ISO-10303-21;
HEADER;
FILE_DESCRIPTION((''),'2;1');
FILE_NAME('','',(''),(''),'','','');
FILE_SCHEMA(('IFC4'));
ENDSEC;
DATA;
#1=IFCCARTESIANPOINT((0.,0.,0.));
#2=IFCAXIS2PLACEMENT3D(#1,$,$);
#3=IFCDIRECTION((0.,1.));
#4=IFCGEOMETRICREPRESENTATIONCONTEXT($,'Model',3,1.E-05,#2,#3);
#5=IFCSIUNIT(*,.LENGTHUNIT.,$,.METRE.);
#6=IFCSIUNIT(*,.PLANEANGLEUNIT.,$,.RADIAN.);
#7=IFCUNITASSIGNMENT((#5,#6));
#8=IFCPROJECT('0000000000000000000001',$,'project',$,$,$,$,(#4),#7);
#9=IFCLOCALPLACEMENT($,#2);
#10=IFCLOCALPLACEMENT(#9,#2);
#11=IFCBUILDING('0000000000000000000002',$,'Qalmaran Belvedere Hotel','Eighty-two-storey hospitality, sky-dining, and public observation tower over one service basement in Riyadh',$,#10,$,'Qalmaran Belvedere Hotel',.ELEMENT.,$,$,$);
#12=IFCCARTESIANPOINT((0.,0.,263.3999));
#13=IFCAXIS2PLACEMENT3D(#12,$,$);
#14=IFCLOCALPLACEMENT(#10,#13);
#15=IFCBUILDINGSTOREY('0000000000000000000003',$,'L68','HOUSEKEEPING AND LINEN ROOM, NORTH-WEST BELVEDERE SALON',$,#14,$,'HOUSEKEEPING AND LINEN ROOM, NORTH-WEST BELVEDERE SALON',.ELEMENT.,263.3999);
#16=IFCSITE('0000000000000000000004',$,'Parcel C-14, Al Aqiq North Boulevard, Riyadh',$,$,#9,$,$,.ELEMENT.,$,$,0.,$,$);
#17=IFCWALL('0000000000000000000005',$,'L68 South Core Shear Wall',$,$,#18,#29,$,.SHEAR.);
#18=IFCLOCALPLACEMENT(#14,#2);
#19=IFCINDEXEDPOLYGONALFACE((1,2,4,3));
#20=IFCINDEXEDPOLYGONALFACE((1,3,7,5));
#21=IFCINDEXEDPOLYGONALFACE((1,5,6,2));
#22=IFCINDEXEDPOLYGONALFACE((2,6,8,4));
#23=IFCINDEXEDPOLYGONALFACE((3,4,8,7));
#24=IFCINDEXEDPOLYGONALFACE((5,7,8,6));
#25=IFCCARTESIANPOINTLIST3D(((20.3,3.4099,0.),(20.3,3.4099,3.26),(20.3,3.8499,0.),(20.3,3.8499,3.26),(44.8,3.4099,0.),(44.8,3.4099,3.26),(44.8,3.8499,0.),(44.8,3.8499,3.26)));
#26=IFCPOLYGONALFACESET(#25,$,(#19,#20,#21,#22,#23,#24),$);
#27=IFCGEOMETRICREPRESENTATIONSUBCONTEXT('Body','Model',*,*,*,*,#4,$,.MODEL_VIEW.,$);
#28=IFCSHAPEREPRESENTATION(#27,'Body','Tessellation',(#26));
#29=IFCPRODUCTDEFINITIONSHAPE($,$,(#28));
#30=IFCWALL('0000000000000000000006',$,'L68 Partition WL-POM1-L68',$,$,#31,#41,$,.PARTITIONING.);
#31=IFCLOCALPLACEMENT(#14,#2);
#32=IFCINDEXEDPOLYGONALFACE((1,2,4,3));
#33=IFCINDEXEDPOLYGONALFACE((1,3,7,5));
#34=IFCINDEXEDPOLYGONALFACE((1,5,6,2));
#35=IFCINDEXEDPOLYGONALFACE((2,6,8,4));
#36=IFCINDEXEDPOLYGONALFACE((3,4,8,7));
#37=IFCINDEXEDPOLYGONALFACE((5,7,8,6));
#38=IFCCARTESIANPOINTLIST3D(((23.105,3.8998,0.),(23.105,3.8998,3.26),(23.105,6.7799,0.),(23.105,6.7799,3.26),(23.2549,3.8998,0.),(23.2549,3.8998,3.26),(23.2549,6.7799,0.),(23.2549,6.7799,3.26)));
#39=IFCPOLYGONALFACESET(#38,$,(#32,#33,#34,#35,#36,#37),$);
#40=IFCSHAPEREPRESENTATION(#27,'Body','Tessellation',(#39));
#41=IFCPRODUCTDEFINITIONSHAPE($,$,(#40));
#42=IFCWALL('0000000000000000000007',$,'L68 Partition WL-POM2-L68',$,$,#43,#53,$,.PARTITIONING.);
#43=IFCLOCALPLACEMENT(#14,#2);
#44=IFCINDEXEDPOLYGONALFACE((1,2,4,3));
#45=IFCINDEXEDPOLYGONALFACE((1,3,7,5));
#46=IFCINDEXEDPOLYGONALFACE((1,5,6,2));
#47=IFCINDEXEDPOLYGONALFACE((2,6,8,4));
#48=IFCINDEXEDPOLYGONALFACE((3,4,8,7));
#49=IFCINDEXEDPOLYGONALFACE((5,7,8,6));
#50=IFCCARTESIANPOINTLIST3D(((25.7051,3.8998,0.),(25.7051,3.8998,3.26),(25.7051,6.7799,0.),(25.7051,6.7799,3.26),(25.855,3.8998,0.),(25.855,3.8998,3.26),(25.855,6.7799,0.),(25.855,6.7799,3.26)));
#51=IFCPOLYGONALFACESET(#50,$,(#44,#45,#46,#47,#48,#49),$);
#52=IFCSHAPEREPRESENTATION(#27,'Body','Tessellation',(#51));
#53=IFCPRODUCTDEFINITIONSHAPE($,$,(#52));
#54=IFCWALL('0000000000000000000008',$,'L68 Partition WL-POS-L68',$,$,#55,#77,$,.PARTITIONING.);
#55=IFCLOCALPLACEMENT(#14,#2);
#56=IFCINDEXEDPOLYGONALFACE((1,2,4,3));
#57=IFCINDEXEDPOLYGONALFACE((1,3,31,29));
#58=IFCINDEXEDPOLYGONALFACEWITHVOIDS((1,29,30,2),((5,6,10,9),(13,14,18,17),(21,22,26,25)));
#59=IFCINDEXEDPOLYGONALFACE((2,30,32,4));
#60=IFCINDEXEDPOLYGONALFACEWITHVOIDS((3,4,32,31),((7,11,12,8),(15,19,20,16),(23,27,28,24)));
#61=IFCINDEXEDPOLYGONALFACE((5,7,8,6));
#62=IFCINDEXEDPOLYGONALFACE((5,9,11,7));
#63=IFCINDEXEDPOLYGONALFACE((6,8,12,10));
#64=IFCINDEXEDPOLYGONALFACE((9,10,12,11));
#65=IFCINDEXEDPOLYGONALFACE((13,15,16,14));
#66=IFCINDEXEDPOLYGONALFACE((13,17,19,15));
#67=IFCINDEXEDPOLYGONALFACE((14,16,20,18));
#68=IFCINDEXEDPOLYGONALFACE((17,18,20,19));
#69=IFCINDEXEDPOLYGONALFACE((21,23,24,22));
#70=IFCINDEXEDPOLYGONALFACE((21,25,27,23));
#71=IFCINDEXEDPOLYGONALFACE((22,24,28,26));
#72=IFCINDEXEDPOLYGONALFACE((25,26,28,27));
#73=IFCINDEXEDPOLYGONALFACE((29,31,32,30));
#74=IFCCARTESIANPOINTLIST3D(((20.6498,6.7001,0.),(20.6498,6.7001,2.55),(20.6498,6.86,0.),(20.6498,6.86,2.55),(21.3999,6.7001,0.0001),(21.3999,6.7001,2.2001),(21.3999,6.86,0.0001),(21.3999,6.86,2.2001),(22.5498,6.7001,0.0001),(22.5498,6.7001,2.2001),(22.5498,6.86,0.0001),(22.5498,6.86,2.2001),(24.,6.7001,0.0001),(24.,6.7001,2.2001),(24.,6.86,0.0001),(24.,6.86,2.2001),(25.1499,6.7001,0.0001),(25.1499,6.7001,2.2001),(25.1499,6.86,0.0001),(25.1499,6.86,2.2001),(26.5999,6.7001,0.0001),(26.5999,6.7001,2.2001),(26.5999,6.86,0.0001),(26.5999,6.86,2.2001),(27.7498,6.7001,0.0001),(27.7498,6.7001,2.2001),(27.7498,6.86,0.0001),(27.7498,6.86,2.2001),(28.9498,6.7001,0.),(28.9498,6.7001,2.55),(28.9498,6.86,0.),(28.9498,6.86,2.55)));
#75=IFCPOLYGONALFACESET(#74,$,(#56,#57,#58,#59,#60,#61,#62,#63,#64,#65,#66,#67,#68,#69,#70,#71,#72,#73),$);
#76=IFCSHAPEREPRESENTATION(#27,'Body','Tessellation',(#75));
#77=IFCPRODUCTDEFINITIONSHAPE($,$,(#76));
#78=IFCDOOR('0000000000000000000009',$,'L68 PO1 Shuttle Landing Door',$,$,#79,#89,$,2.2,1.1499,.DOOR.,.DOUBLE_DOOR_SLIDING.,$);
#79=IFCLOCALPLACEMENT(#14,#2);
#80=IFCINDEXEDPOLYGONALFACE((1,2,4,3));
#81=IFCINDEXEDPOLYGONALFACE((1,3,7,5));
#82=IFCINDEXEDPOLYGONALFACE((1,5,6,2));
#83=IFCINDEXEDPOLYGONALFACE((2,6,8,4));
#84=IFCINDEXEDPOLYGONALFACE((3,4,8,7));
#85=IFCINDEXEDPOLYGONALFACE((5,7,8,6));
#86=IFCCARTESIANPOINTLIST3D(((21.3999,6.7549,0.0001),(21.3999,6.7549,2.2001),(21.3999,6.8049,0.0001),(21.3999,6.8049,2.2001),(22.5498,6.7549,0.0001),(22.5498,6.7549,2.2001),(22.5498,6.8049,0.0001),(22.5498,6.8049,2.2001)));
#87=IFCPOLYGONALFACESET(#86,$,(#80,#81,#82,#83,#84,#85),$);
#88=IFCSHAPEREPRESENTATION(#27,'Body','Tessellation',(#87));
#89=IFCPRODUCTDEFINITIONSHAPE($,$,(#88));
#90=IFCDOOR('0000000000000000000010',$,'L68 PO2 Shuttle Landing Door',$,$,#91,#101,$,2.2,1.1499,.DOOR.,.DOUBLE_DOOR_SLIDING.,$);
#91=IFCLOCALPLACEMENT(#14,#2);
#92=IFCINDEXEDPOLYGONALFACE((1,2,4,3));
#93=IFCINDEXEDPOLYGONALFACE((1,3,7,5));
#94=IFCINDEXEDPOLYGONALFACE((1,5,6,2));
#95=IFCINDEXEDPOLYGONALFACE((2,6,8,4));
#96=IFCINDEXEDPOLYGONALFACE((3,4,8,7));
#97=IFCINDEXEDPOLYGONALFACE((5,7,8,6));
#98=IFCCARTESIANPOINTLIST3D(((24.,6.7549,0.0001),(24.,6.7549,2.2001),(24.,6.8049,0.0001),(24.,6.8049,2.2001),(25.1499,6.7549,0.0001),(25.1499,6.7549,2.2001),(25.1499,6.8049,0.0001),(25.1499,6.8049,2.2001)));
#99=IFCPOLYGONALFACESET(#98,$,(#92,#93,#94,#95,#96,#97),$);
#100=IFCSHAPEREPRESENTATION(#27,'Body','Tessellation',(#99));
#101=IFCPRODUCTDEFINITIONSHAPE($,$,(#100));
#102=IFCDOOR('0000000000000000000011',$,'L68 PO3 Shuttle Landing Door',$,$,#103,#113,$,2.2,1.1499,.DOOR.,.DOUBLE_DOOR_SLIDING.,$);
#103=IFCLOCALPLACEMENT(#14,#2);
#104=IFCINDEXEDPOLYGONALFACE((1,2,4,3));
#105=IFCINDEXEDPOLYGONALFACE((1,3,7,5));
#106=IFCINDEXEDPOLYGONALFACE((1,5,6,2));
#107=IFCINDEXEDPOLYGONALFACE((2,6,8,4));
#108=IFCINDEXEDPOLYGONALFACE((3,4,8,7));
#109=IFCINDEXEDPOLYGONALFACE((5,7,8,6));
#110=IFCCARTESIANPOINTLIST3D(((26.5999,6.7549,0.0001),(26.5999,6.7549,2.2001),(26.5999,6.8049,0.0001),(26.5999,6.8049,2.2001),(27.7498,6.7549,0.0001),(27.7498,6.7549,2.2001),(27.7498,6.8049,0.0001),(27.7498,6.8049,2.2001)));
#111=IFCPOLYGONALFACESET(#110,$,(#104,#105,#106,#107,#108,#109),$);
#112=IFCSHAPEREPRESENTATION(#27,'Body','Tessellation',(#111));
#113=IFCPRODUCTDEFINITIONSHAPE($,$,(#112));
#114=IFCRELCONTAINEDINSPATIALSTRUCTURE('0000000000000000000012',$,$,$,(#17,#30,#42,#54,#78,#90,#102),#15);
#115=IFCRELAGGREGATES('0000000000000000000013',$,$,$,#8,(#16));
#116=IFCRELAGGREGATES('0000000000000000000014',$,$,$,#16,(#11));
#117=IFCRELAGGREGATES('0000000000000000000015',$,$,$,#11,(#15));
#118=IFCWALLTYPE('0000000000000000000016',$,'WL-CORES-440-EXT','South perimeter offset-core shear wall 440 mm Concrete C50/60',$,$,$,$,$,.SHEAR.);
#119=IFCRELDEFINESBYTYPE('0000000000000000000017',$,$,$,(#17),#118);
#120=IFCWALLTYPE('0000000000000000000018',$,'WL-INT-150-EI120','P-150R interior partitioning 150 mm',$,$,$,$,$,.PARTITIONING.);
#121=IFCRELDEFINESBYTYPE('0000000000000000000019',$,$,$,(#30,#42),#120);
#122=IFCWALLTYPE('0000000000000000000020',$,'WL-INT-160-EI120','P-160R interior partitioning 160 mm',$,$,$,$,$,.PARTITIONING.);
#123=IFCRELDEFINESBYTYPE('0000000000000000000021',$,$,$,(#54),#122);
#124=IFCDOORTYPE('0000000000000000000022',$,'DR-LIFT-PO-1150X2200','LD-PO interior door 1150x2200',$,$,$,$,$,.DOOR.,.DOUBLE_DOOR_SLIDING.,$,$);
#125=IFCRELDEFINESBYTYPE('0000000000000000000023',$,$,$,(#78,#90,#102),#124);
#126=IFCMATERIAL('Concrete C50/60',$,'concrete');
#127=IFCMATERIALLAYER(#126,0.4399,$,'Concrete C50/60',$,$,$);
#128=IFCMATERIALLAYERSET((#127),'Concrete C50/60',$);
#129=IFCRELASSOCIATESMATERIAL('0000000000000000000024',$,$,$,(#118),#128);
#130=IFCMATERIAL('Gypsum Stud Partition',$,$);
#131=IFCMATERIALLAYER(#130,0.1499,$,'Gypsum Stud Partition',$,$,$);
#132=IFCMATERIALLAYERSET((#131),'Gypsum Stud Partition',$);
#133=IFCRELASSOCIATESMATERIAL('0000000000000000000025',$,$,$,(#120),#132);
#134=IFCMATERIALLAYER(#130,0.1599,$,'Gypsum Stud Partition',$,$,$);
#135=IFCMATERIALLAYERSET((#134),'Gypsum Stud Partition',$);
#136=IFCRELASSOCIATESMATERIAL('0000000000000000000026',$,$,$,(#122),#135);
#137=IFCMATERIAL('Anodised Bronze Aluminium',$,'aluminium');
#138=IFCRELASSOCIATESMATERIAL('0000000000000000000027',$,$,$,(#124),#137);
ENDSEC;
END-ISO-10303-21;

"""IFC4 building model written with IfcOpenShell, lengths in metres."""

from ifc_helpers import new_model, si_unit, direction, frame, frame_2d, origin, place, context, subcontext, project, spatial, rectangle, extrude, material, layer, layer_set, type_object, element, fill, save


model = new_model("IFC4")

# Units and contexts
model_context = context("Model", 3, precision=1e-05, world=origin(), true_north=direction((0.0, 1.0)))
body_context = subcontext(model_context, "Body", "Model", "MODEL_VIEW")
ifc_project = project(units=[si_unit("LENGTHUNIT", "METRE"), si_unit("PLANEANGLEUNIT", "RADIAN")], contexts=[model_context])

# Site, building, storey
site_placement = place(None, origin())
site = spatial("IfcSite", under=ifc_project, at=site_placement, Name="Parcel C-14, Al Aqiq North Boulevard, Riyadh", CompositionType="ELEMENT", RefElevation=0.0)
building_placement = place(site_placement, origin())
building = spatial("IfcBuilding", under=site, at=building_placement, Name="Qalmaran Belvedere Hotel", Description="Eighty-two-storey hospitality, sky-dining, and public observation tower over one service basement in Riyadh", LongName="Qalmaran Belvedere Hotel", CompositionType="ELEMENT")
storey_placement = place(building_placement, frame((0.0, 0.0, 263.3999)))
storey = spatial("IfcBuildingStorey", under=building, at=storey_placement, Name="L68", Description="HOUSEKEEPING AND LINEN ROOM, NORTH-WEST BELVEDERE SALON", LongName="HOUSEKEEPING AND LINEN ROOM, NORTH-WEST BELVEDERE SALON", CompositionType="ELEMENT", Elevation=263.3999)

# Shared definitions
ifc_material_1 = material(Name="Concrete C50/60", Category="concrete")

# Shared definitions
ifc_material_2 = material(Name="Anodised Bronze Aluminium", Category="aluminium")

# Walls
ifc_layer_1 = layer(ifc_material_1, 0.4399, Name="Concrete C50/60")
ifc_layer_set_1 = layer_set([ifc_layer_1], Name="Concrete C50/60")
wall_type_1 = type_object("IfcWallType", Name="WL-CORES-440-EXT", Description="South perimeter offset-core shear wall 440 mm Concrete C50/60", PredefinedType="SHEAR", material=ifc_layer_set_1)
wall_1_placement = place(storey_placement, frame((20.3, 3.6299, 0.0), z_axis=(0.0, 0.0, 1.0), x_axis=(1.0, 0.0, 0.0)))
element("IfcWall", 1, at=wall_1_placement, inside=storey, type_object=wall_type_1, Name="L68 South Core Shear Wall", PredefinedType="SHEAR", context=body_context, shape_type="SweptSolid", body=[
    extrude(rectangle(XDim=24.5, YDim=0.4399, at=frame_2d((12.25, 0.0))), origin(), (0.0, 0.0, 1.0), 3.26),
])
ifc_material_3 = material(Name="Gypsum Stud Partition")
ifc_layer_2 = layer(ifc_material_3, 0.1499, Name="Gypsum Stud Partition")
ifc_layer_set_2 = layer_set([ifc_layer_2], Name="Gypsum Stud Partition")
wall_type_2 = type_object("IfcWallType", Name="WL-INT-150-EI120", Description="P-150R interior partitioning 150 mm", PredefinedType="PARTITIONING", material=ifc_layer_set_2)
for number, where, z_axis, x_axis, name in (
    (2, (23.1799, 3.8999, 0.0), (0.0, 0.0, 1.0), (0.0, 1.0, 0.0), "L68 Partition WL-POM1-L68"),
    (3, (25.78, 3.8999, 0.0), (0.0, 0.0, 1.0), (0.0, 1.0, 0.0), "L68 Partition WL-POM2-L68"),
):
    element("IfcWall", number, at=place(storey_placement, frame(where, z_axis=z_axis, x_axis=x_axis)), inside=storey, type_object=wall_type_2, Name=name, PredefinedType="PARTITIONING", context=body_context, shape_type="SweptSolid", body=[
        extrude(rectangle(XDim=2.8801, YDim=0.1499, at=frame_2d((1.4399, 0.0))), origin(), (0.0, 0.0, 1.0), 3.26),
    ])

# Wall, openings, doors
ifc_layer_3 = layer(ifc_material_3, 0.1599, Name="Gypsum Stud Partition")
ifc_layer_set_3 = layer_set([ifc_layer_3], Name="Gypsum Stud Partition")
wall_type_3 = type_object("IfcWallType", Name="WL-INT-160-EI120", Description="P-160R interior partitioning 160 mm", PredefinedType="PARTITIONING", material=ifc_layer_set_3)
wall_2_placement = place(storey_placement, frame((20.6499, 6.78, 0.0), z_axis=(0.0, 0.0, 1.0), x_axis=(1.0, 0.0, 0.0)))
wall_2 = element("IfcWall", 4, at=wall_2_placement, inside=storey, type_object=wall_type_3, Name="L68 Partition WL-POS-L68", PredefinedType="PARTITIONING", context=body_context, shape_type="SweptSolid", body=[
    extrude(rectangle(XDim=8.3, YDim=0.1599, at=frame_2d((4.1499, 0.0))), origin(), (0.0, 0.0, 1.0), 2.55),
])
opening_1_placement = place(wall_2_placement, frame((0.75, 0.0, 0.0)))
opening_1 = element("IfcOpeningElement", 5, at=opening_1_placement, cuts=wall_2, PredefinedType="OPENING", context=body_context, shape_type="SweptSolid", body=[
    extrude(rectangle(XDim=1.1499, YDim=2.2, at=frame_2d((0.575, 1.1001))), frame((0.0, 0.0898, 0.0), z_axis=(0.0, -1.0, 0.0), x_axis=(1.0, 0.0, 0.0)), (0.0, 0.0, 1.0), 0.1799),
])
opening_2_placement = place(wall_2_placement, frame((3.3501, 0.0, 0.0)))
opening_2 = element("IfcOpeningElement", 6, at=opening_2_placement, cuts=wall_2, PredefinedType="OPENING", context=body_context, shape_type="SweptSolid", body=[
    extrude(rectangle(XDim=1.1499, YDim=2.2, at=frame_2d((0.575, 1.1001))), frame((0.0, 0.0898, 0.0), z_axis=(0.0, -1.0, 0.0), x_axis=(1.0, 0.0, 0.0)), (0.0, 0.0, 1.0), 0.1799),
])
opening_3_placement = place(wall_2_placement, frame((5.95, 0.0, 0.0)))
opening_3 = element("IfcOpeningElement", 7, at=opening_3_placement, cuts=wall_2, PredefinedType="OPENING", context=body_context, shape_type="SweptSolid", body=[
    extrude(rectangle(XDim=1.1499, YDim=2.2, at=frame_2d((0.575, 1.1001))), frame((0.0, 0.0898, 0.0), z_axis=(0.0, -1.0, 0.0), x_axis=(1.0, 0.0, 0.0)), (0.0, 0.0, 1.0), 0.1799),
])
door_type = type_object("IfcDoorType", Name="DR-LIFT-PO-1150X2200", Description="LD-PO interior door 1150x2200", OperationType="DOUBLE_DOOR_SLIDING", PredefinedType="DOOR", material=ifc_material_2)
door_1_placement = place(opening_1_placement, origin())
door_1 = element("IfcDoor", 8, at=door_1_placement, inside=storey, type_object=door_type, Name="L68 PO1 Shuttle Landing Door", OperationType="DOUBLE_DOOR_SLIDING", OverallHeight=2.2, OverallWidth=1.1499, PredefinedType="DOOR", context=body_context, shape_type="SweptSolid", body=[
    extrude(rectangle(XDim=1.1499, YDim=2.2, at=frame_2d((0.575, 1.1001))), frame((0.0, 0.0249, 0.0), z_axis=(0.0, -1.0, 0.0), x_axis=(1.0, 0.0, 0.0)), (0.0, 0.0, 1.0), 0.05),
])
fill(opening_1, door_1)
door_2_placement = place(opening_2_placement, origin())
door_2 = element("IfcDoor", 9, at=door_2_placement, inside=storey, type_object=door_type, Name="L68 PO2 Shuttle Landing Door", OperationType="DOUBLE_DOOR_SLIDING", OverallHeight=2.2, OverallWidth=1.1499, PredefinedType="DOOR", context=body_context, shape_type="SweptSolid", body=[
    extrude(rectangle(XDim=1.1499, YDim=2.2, at=frame_2d((0.575, 1.1001))), frame((0.0, 0.0249, 0.0), z_axis=(0.0, -1.0, 0.0), x_axis=(1.0, 0.0, 0.0)), (0.0, 0.0, 1.0), 0.05),
])
fill(opening_2, door_2)
door_3_placement = place(opening_3_placement, origin())
door_3 = element("IfcDoor", 10, at=door_3_placement, inside=storey, type_object=door_type, Name="L68 PO3 Shuttle Landing Door", OperationType="DOUBLE_DOOR_SLIDING", OverallHeight=2.2, OverallWidth=1.1499, PredefinedType="DOOR", context=body_context, shape_type="SweptSolid", body=[
    extrude(rectangle(XDim=1.1499, YDim=2.2, at=frame_2d((0.575, 1.1001))), frame((0.0, 0.0249, 0.0), z_axis=(0.0, -1.0, 0.0), x_axis=(1.0, 0.0, 0.0)), (0.0, 0.0, 1.0), 0.05),
])
fill(opening_3, door_3)

save(model, "model.ifc")
